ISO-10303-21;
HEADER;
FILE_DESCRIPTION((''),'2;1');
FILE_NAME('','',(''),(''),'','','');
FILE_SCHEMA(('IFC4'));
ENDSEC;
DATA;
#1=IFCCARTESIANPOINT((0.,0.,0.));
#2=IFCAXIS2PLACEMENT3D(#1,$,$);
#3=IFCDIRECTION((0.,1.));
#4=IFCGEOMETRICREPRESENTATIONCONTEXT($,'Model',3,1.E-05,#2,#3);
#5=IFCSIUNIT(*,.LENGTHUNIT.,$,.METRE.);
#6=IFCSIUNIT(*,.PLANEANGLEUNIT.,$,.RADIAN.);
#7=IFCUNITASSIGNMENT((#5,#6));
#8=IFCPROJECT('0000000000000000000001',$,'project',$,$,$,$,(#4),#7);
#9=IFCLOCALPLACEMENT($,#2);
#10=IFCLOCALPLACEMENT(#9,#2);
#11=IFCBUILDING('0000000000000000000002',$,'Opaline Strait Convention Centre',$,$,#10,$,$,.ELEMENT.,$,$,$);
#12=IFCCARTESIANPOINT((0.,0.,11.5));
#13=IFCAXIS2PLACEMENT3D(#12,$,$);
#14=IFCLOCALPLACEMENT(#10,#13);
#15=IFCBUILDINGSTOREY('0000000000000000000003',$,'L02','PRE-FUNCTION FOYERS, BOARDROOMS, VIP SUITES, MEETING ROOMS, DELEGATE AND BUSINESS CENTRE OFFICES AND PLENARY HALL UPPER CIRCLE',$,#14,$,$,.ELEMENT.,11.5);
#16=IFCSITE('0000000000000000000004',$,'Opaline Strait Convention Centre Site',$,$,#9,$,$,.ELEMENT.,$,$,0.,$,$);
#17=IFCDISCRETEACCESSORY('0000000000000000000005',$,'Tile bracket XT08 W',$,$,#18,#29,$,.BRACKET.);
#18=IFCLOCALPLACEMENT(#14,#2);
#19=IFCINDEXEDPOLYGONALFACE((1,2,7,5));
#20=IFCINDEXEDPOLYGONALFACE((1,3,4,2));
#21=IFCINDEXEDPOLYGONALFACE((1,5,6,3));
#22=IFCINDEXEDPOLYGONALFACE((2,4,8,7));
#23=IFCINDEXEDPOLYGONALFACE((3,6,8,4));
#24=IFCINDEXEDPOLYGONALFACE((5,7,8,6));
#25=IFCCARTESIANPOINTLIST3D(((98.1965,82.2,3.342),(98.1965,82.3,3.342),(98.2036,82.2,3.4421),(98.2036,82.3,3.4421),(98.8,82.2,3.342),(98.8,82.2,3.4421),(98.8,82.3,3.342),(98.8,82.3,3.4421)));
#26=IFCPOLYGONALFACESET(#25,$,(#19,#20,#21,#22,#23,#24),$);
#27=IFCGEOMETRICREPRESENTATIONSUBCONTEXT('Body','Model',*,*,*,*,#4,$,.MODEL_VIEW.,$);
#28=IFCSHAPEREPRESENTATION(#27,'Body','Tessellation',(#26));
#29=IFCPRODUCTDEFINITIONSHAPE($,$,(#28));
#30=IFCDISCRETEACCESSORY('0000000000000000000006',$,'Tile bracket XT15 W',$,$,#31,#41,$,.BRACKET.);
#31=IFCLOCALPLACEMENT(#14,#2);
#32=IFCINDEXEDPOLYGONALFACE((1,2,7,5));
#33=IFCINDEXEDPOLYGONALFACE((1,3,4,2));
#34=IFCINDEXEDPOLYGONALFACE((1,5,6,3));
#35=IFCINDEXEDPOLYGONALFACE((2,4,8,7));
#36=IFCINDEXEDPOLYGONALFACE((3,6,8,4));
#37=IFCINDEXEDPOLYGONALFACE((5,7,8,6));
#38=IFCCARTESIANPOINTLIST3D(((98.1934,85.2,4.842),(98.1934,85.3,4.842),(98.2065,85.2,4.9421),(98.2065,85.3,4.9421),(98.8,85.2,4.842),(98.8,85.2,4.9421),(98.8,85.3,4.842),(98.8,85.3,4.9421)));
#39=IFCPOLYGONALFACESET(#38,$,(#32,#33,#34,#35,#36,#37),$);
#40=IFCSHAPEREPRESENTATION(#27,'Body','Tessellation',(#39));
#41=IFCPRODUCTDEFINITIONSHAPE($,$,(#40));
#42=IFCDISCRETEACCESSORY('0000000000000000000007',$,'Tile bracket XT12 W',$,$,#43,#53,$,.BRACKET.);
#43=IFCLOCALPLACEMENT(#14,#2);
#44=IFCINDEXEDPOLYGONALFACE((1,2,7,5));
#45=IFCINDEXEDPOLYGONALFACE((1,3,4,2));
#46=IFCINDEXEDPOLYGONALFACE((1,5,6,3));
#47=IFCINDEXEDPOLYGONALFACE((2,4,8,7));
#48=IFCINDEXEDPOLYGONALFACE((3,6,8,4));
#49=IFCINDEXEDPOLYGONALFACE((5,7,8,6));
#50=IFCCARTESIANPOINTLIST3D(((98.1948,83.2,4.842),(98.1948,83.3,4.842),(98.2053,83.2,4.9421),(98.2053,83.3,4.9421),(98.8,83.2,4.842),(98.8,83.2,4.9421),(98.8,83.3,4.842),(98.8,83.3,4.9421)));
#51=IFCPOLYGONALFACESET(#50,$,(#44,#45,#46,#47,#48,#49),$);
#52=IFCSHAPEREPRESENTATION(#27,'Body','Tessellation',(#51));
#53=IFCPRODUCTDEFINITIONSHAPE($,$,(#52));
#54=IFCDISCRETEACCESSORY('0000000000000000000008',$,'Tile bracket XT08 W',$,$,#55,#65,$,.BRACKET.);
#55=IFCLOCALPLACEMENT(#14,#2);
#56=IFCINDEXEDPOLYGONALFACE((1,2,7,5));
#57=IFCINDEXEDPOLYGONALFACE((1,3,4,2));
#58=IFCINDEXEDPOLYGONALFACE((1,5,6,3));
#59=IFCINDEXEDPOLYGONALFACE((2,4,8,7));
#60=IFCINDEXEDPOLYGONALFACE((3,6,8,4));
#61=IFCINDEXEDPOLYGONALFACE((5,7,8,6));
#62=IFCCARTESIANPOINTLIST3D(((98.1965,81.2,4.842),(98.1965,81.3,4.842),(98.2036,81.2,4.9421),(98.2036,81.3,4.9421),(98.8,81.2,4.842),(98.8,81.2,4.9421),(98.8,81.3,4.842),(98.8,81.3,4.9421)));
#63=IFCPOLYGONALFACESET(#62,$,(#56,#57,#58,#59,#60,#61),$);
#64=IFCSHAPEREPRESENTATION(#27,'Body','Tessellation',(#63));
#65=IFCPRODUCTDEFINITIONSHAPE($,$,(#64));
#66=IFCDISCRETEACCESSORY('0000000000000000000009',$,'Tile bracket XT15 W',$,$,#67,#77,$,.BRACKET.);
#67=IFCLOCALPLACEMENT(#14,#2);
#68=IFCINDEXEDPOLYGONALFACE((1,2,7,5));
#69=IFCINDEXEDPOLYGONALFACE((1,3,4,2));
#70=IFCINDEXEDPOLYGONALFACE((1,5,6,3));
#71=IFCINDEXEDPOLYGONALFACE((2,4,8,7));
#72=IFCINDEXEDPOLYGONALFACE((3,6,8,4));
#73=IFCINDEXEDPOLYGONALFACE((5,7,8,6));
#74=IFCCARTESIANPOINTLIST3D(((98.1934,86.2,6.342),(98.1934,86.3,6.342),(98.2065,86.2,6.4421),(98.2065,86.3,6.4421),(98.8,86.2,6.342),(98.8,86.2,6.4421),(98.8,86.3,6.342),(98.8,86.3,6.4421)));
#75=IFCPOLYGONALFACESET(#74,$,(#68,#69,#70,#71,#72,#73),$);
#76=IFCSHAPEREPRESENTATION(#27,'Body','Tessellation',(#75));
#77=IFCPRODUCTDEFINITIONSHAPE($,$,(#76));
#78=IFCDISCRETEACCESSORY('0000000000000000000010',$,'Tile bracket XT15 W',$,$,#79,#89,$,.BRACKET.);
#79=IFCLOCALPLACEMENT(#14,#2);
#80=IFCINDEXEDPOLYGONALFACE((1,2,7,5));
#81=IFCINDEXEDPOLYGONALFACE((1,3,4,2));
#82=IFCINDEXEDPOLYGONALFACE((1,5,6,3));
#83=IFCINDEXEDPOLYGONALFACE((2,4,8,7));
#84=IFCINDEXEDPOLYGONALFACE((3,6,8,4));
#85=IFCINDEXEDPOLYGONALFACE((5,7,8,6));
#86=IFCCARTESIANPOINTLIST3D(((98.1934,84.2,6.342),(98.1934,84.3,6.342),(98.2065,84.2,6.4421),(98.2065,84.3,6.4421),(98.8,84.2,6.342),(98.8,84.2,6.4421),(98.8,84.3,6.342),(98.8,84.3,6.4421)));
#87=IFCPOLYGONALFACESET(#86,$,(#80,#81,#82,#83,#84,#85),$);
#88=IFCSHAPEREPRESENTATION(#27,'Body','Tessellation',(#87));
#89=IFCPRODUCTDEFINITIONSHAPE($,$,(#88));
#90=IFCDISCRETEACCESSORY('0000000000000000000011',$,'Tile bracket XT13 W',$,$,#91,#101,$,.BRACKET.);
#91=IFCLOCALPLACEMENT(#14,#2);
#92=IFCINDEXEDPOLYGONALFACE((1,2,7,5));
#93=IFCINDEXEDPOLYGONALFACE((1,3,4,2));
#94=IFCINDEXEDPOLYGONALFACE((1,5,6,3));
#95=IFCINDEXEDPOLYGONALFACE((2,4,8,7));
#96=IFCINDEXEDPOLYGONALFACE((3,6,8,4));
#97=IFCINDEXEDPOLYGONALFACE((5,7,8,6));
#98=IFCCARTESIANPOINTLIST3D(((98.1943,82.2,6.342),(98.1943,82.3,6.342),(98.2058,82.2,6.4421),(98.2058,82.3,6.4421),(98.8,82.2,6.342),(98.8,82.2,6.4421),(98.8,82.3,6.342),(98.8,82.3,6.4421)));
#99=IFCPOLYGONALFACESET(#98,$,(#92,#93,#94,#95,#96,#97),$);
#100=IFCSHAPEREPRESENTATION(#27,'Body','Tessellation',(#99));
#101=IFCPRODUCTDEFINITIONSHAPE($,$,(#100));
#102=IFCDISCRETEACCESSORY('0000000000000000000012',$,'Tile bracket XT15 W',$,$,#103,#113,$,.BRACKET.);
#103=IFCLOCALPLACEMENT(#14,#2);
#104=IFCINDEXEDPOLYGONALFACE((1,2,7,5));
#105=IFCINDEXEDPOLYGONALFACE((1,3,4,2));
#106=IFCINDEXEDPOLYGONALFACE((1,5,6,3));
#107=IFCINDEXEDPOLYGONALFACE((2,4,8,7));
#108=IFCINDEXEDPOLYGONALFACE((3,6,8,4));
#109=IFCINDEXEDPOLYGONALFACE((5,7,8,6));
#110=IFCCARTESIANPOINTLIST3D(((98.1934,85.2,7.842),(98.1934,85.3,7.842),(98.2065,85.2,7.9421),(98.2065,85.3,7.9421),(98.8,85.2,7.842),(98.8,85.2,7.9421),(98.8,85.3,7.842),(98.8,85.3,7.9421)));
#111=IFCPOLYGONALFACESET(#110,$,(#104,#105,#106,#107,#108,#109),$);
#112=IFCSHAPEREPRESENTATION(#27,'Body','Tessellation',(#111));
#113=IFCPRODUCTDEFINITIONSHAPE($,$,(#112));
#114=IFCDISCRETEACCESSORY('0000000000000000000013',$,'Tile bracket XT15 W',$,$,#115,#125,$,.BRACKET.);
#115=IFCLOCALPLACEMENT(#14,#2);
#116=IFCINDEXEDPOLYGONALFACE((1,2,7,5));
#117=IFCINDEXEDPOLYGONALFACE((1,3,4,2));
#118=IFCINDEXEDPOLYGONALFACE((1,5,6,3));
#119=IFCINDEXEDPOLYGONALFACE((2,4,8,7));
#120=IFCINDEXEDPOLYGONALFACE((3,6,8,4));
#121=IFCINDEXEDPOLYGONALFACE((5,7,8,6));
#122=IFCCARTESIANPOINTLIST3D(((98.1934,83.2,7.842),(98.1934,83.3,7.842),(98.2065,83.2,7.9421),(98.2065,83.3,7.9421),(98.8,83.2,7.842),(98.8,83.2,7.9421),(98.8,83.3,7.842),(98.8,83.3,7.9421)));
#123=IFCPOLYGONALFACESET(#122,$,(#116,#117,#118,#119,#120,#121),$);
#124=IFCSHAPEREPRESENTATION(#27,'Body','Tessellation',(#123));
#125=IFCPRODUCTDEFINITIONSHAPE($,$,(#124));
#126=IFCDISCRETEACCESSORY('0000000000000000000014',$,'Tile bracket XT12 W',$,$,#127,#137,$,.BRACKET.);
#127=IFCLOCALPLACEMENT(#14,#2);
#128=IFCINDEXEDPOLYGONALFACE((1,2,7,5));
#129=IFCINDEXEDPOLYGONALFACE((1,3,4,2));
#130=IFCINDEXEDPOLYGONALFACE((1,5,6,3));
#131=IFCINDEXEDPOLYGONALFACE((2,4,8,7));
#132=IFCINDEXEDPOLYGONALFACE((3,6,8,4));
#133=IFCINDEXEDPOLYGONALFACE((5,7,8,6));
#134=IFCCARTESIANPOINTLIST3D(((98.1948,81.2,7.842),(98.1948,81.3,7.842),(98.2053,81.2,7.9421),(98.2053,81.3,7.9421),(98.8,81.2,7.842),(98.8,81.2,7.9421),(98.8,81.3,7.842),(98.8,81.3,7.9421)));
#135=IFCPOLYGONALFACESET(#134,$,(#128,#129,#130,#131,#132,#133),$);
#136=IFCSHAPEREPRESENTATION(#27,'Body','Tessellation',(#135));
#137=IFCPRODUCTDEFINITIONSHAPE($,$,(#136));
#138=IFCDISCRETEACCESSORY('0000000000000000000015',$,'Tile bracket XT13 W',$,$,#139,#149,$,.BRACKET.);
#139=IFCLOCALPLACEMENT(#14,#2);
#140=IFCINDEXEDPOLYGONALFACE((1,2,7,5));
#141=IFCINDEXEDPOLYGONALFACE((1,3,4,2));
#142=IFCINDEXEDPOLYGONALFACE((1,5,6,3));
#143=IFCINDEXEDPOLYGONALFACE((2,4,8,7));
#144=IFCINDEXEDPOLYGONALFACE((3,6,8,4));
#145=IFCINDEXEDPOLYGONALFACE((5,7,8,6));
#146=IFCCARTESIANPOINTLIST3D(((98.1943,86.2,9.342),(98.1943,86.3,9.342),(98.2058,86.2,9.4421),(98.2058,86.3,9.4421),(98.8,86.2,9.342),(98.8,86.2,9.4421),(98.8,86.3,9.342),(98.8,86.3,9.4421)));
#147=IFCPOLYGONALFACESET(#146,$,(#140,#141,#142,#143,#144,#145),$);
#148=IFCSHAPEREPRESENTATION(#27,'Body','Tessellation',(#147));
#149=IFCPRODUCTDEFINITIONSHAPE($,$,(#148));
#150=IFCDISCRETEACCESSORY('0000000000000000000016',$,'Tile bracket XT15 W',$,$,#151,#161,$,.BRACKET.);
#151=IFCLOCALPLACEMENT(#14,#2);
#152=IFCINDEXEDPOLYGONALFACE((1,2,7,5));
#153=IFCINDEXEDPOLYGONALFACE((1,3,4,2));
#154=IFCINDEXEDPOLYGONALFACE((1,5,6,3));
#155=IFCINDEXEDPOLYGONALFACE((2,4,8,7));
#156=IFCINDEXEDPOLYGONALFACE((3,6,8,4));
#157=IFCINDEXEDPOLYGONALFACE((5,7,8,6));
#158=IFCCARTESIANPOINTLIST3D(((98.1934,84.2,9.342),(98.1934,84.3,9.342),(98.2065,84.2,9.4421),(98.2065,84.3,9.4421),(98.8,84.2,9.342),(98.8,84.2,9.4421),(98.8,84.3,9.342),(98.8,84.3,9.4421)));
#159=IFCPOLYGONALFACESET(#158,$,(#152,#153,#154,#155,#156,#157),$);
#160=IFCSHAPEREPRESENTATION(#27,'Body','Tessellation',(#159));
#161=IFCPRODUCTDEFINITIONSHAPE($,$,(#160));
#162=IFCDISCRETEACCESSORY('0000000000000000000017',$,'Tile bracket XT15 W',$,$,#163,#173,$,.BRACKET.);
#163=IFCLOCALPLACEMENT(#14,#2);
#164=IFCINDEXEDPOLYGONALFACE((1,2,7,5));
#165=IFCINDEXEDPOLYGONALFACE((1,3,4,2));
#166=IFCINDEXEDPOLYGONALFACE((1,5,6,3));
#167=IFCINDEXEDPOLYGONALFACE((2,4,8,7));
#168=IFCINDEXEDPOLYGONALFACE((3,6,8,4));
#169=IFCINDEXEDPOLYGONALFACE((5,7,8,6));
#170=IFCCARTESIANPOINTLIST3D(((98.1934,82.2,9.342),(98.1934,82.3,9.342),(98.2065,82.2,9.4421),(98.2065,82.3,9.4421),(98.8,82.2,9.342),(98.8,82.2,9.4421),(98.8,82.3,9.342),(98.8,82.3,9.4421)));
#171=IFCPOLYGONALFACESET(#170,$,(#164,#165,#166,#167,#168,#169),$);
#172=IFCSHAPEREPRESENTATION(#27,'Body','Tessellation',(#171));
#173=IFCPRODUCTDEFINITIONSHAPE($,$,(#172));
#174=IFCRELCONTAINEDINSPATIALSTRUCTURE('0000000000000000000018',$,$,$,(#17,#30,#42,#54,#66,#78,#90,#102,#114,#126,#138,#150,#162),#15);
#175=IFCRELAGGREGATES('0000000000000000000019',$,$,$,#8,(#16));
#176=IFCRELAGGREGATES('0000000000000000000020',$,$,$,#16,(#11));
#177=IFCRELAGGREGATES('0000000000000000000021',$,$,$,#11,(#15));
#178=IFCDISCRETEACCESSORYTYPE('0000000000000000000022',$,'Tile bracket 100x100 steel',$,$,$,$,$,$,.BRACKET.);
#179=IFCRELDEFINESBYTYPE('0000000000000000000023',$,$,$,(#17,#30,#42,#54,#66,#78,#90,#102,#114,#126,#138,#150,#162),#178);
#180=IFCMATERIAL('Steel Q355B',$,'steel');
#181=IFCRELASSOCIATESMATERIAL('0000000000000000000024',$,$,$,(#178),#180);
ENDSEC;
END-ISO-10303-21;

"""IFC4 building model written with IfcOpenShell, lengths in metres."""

from ifc_helpers import new_model, si_unit, direction, frame, origin, place, context, subcontext, project, spatial, polyline, outline, extrude, material, type_object, element, save


model = new_model("IFC4")

# Units and contexts
model_context = context("Model", 3, precision=1e-05, world=origin(), true_north=direction((0.0, 1.0)))
body_context = subcontext(model_context, "Body", "Model", "MODEL_VIEW")
ifc_project = project(units=[si_unit("LENGTHUNIT", "METRE"), si_unit("PLANEANGLEUNIT", "RADIAN")], contexts=[model_context])

# Site, building, storey
site_placement = place(None, origin())
site = spatial("IfcSite", under=ifc_project, at=site_placement, Name="Opaline Strait Convention Centre Site", CompositionType="ELEMENT", RefElevation=0.0)
building_placement = place(site_placement, origin())
building = spatial("IfcBuilding", under=site, at=building_placement, Name="Opaline Strait Convention Centre", CompositionType="ELEMENT")
storey_placement = place(building_placement, frame((0.0, 0.0, 11.5)))
storey = spatial("IfcBuildingStorey", under=building, at=storey_placement, Name="L02", Description="PRE-FUNCTION FOYERS, BOARDROOMS, VIP SUITES, MEETING ROOMS, DELEGATE AND BUSINESS CENTRE OFFICES AND PLENARY HALL UPPER CIRCLE", CompositionType="ELEMENT", Elevation=11.5)

# Shared definitions
ifc_material_1 = material(Name="Steel Q355B", Category="steel")

# Discrete accessories
discrete_accessory_type = type_object("IfcDiscreteAccessoryType", Name="Tile bracket 100x100 steel", PredefinedType="BRACKET", material=ifc_material_1)
discrete_accessory_1_placement = place(storey_placement, frame((98.8, 82.3, 3.3921), z_axis=(0.0, -1.0, 0.0), x_axis=(1.0, 0.0, 0.0)))
element("IfcDiscreteAccessory", 1, at=discrete_accessory_1_placement, inside=storey, type_object=discrete_accessory_type, Name="Tile bracket XT08 W", PredefinedType="BRACKET", context=body_context, shape_type="SweptSolid", body=[
    extrude(outline(polyline([(0.0, -0.05), (0.0, 0.05), (-0.5964, 0.05), (-0.6035, -0.05), (0.0, -0.05)])), origin(), (0.0, 0.0, 1.0), 0.1001),
])
discrete_accessory_2_placement = place(storey_placement, frame((98.8, 85.3, 4.8921), z_axis=(0.0, -1.0, 0.0), x_axis=(1.0, 0.0, 0.0)))
element("IfcDiscreteAccessory", 2, at=discrete_accessory_2_placement, inside=storey, type_object=discrete_accessory_type, Name="Tile bracket XT15 W", PredefinedType="BRACKET", context=body_context, shape_type="SweptSolid", body=[
    extrude(outline(polyline([(0.0, -0.05), (0.0, 0.05), (-0.5935, 0.05), (-0.6067, -0.05), (0.0, -0.05)])), origin(), (0.0, 0.0, 1.0), 0.1001),
])
discrete_accessory_3_placement = place(storey_placement, frame((98.8, 83.3, 4.8921), z_axis=(0.0, -1.0, 0.0), x_axis=(1.0, 0.0, 0.0)))
element("IfcDiscreteAccessory", 3, at=discrete_accessory_3_placement, inside=storey, type_object=discrete_accessory_type, Name="Tile bracket XT12 W", PredefinedType="BRACKET", context=body_context, shape_type="SweptSolid", body=[
    extrude(outline(polyline([(0.0, -0.05), (0.0, 0.05), (-0.5947, 0.05), (-0.6052, -0.05), (0.0, -0.05)])), origin(), (0.0, 0.0, 1.0), 0.1001),
])
discrete_accessory_4_placement = place(storey_placement, frame((98.8, 81.3, 4.8921), z_axis=(0.0, -1.0, 0.0), x_axis=(1.0, 0.0, 0.0)))
element("IfcDiscreteAccessory", 4, at=discrete_accessory_4_placement, inside=storey, type_object=discrete_accessory_type, Name="Tile bracket XT08 W", PredefinedType="BRACKET", context=body_context, shape_type="SweptSolid", body=[
    extrude(outline(polyline([(0.0, -0.05), (0.0, 0.05), (-0.5964, 0.05), (-0.6035, -0.05), (0.0, -0.05)])), origin(), (0.0, 0.0, 1.0), 0.1001),
])
for number, where, z_axis, x_axis, name in (
    (5, (98.8, 86.3, 6.3921), (0.0, -1.0, 0.0), (1.0, 0.0, 0.0), "Tile bracket XT15 W"),
    (6, (98.8, 84.3, 6.3921), (0.0, -1.0, 0.0), (1.0, 0.0, 0.0), "Tile bracket XT15 W"),
):
    element("IfcDiscreteAccessory", number, at=place(storey_placement, frame(where, z_axis=z_axis, x_axis=x_axis)), inside=storey, type_object=discrete_accessory_type, Name=name, PredefinedType="BRACKET", context=body_context, shape_type="SweptSolid", body=[
        extrude(outline(polyline([(0.0, -0.05), (0.0, 0.05), (-0.5935, 0.05), (-0.6067, -0.05), (0.0, -0.05)])), origin(), (0.0, 0.0, 1.0), 0.1001),
    ])
discrete_accessory_5_placement = place(storey_placement, frame((98.8, 82.3, 6.3921), z_axis=(0.0, -1.0, 0.0), x_axis=(1.0, 0.0, 0.0)))
element("IfcDiscreteAccessory", 7, at=discrete_accessory_5_placement, inside=storey, type_object=discrete_accessory_type, Name="Tile bracket XT13 W", PredefinedType="BRACKET", context=body_context, shape_type="SweptSolid", body=[
    extrude(outline(polyline([(0.0, -0.05), (0.0, 0.05), (-0.5942, 0.05), (-0.6057, -0.05), (0.0, -0.05)])), origin(), (0.0, 0.0, 1.0), 0.1001),
])
for number, where, z_axis, x_axis, name in (
    (8, (98.8, 85.3, 7.8921), (0.0, -1.0, 0.0), (1.0, 0.0, 0.0), "Tile bracket XT15 W"),
    (9, (98.8, 83.3, 7.8921), (0.0, -1.0, 0.0), (1.0, 0.0, 0.0), "Tile bracket XT15 W"),
):
    element("IfcDiscreteAccessory", number, at=place(storey_placement, frame(where, z_axis=z_axis, x_axis=x_axis)), inside=storey, type_object=discrete_accessory_type, Name=name, PredefinedType="BRACKET", context=body_context, shape_type="SweptSolid", body=[
        extrude(outline(polyline([(0.0, -0.05), (0.0, 0.05), (-0.5935, 0.05), (-0.6067, -0.05), (0.0, -0.05)])), origin(), (0.0, 0.0, 1.0), 0.1001),
    ])
discrete_accessory_6_placement = place(storey_placement, frame((98.8, 81.3, 7.8921), z_axis=(0.0, -1.0, 0.0), x_axis=(1.0, 0.0, 0.0)))
element("IfcDiscreteAccessory", 10, at=discrete_accessory_6_placement, inside=storey, type_object=discrete_accessory_type, Name="Tile bracket XT12 W", PredefinedType="BRACKET", context=body_context, shape_type="SweptSolid", body=[
    extrude(outline(polyline([(0.0, -0.05), (0.0, 0.05), (-0.5947, 0.05), (-0.6052, -0.05), (0.0, -0.05)])), origin(), (0.0, 0.0, 1.0), 0.1001),
])
discrete_accessory_7_placement = place(storey_placement, frame((98.8, 86.3, 9.3921), z_axis=(0.0, -1.0, 0.0), x_axis=(1.0, 0.0, 0.0)))
element("IfcDiscreteAccessory", 11, at=discrete_accessory_7_placement, inside=storey, type_object=discrete_accessory_type, Name="Tile bracket XT13 W", PredefinedType="BRACKET", context=body_context, shape_type="SweptSolid", body=[
    extrude(outline(polyline([(0.0, -0.05), (0.0, 0.05), (-0.5942, 0.05), (-0.6057, -0.05), (0.0, -0.05)])), origin(), (0.0, 0.0, 1.0), 0.1001),
])
for number, where, z_axis, x_axis, name in (
    (12, (98.8, 84.3, 9.3921), (0.0, -1.0, 0.0), (1.0, 0.0, 0.0), "Tile bracket XT15 W"),
    (13, (98.8, 82.3, 9.3921), (0.0, -1.0, 0.0), (1.0, 0.0, 0.0), "Tile bracket XT15 W"),
):
    element("IfcDiscreteAccessory", number, at=place(storey_placement, frame(where, z_axis=z_axis, x_axis=x_axis)), inside=storey, type_object=discrete_accessory_type, Name=name, PredefinedType="BRACKET", context=body_context, shape_type="SweptSolid", body=[
        extrude(outline(polyline([(0.0, -0.05), (0.0, 0.05), (-0.5935, 0.05), (-0.6067, -0.05), (0.0, -0.05)])), origin(), (0.0, 0.0, 1.0), 0.1001),
    ])

save(model, "model.ifc")
